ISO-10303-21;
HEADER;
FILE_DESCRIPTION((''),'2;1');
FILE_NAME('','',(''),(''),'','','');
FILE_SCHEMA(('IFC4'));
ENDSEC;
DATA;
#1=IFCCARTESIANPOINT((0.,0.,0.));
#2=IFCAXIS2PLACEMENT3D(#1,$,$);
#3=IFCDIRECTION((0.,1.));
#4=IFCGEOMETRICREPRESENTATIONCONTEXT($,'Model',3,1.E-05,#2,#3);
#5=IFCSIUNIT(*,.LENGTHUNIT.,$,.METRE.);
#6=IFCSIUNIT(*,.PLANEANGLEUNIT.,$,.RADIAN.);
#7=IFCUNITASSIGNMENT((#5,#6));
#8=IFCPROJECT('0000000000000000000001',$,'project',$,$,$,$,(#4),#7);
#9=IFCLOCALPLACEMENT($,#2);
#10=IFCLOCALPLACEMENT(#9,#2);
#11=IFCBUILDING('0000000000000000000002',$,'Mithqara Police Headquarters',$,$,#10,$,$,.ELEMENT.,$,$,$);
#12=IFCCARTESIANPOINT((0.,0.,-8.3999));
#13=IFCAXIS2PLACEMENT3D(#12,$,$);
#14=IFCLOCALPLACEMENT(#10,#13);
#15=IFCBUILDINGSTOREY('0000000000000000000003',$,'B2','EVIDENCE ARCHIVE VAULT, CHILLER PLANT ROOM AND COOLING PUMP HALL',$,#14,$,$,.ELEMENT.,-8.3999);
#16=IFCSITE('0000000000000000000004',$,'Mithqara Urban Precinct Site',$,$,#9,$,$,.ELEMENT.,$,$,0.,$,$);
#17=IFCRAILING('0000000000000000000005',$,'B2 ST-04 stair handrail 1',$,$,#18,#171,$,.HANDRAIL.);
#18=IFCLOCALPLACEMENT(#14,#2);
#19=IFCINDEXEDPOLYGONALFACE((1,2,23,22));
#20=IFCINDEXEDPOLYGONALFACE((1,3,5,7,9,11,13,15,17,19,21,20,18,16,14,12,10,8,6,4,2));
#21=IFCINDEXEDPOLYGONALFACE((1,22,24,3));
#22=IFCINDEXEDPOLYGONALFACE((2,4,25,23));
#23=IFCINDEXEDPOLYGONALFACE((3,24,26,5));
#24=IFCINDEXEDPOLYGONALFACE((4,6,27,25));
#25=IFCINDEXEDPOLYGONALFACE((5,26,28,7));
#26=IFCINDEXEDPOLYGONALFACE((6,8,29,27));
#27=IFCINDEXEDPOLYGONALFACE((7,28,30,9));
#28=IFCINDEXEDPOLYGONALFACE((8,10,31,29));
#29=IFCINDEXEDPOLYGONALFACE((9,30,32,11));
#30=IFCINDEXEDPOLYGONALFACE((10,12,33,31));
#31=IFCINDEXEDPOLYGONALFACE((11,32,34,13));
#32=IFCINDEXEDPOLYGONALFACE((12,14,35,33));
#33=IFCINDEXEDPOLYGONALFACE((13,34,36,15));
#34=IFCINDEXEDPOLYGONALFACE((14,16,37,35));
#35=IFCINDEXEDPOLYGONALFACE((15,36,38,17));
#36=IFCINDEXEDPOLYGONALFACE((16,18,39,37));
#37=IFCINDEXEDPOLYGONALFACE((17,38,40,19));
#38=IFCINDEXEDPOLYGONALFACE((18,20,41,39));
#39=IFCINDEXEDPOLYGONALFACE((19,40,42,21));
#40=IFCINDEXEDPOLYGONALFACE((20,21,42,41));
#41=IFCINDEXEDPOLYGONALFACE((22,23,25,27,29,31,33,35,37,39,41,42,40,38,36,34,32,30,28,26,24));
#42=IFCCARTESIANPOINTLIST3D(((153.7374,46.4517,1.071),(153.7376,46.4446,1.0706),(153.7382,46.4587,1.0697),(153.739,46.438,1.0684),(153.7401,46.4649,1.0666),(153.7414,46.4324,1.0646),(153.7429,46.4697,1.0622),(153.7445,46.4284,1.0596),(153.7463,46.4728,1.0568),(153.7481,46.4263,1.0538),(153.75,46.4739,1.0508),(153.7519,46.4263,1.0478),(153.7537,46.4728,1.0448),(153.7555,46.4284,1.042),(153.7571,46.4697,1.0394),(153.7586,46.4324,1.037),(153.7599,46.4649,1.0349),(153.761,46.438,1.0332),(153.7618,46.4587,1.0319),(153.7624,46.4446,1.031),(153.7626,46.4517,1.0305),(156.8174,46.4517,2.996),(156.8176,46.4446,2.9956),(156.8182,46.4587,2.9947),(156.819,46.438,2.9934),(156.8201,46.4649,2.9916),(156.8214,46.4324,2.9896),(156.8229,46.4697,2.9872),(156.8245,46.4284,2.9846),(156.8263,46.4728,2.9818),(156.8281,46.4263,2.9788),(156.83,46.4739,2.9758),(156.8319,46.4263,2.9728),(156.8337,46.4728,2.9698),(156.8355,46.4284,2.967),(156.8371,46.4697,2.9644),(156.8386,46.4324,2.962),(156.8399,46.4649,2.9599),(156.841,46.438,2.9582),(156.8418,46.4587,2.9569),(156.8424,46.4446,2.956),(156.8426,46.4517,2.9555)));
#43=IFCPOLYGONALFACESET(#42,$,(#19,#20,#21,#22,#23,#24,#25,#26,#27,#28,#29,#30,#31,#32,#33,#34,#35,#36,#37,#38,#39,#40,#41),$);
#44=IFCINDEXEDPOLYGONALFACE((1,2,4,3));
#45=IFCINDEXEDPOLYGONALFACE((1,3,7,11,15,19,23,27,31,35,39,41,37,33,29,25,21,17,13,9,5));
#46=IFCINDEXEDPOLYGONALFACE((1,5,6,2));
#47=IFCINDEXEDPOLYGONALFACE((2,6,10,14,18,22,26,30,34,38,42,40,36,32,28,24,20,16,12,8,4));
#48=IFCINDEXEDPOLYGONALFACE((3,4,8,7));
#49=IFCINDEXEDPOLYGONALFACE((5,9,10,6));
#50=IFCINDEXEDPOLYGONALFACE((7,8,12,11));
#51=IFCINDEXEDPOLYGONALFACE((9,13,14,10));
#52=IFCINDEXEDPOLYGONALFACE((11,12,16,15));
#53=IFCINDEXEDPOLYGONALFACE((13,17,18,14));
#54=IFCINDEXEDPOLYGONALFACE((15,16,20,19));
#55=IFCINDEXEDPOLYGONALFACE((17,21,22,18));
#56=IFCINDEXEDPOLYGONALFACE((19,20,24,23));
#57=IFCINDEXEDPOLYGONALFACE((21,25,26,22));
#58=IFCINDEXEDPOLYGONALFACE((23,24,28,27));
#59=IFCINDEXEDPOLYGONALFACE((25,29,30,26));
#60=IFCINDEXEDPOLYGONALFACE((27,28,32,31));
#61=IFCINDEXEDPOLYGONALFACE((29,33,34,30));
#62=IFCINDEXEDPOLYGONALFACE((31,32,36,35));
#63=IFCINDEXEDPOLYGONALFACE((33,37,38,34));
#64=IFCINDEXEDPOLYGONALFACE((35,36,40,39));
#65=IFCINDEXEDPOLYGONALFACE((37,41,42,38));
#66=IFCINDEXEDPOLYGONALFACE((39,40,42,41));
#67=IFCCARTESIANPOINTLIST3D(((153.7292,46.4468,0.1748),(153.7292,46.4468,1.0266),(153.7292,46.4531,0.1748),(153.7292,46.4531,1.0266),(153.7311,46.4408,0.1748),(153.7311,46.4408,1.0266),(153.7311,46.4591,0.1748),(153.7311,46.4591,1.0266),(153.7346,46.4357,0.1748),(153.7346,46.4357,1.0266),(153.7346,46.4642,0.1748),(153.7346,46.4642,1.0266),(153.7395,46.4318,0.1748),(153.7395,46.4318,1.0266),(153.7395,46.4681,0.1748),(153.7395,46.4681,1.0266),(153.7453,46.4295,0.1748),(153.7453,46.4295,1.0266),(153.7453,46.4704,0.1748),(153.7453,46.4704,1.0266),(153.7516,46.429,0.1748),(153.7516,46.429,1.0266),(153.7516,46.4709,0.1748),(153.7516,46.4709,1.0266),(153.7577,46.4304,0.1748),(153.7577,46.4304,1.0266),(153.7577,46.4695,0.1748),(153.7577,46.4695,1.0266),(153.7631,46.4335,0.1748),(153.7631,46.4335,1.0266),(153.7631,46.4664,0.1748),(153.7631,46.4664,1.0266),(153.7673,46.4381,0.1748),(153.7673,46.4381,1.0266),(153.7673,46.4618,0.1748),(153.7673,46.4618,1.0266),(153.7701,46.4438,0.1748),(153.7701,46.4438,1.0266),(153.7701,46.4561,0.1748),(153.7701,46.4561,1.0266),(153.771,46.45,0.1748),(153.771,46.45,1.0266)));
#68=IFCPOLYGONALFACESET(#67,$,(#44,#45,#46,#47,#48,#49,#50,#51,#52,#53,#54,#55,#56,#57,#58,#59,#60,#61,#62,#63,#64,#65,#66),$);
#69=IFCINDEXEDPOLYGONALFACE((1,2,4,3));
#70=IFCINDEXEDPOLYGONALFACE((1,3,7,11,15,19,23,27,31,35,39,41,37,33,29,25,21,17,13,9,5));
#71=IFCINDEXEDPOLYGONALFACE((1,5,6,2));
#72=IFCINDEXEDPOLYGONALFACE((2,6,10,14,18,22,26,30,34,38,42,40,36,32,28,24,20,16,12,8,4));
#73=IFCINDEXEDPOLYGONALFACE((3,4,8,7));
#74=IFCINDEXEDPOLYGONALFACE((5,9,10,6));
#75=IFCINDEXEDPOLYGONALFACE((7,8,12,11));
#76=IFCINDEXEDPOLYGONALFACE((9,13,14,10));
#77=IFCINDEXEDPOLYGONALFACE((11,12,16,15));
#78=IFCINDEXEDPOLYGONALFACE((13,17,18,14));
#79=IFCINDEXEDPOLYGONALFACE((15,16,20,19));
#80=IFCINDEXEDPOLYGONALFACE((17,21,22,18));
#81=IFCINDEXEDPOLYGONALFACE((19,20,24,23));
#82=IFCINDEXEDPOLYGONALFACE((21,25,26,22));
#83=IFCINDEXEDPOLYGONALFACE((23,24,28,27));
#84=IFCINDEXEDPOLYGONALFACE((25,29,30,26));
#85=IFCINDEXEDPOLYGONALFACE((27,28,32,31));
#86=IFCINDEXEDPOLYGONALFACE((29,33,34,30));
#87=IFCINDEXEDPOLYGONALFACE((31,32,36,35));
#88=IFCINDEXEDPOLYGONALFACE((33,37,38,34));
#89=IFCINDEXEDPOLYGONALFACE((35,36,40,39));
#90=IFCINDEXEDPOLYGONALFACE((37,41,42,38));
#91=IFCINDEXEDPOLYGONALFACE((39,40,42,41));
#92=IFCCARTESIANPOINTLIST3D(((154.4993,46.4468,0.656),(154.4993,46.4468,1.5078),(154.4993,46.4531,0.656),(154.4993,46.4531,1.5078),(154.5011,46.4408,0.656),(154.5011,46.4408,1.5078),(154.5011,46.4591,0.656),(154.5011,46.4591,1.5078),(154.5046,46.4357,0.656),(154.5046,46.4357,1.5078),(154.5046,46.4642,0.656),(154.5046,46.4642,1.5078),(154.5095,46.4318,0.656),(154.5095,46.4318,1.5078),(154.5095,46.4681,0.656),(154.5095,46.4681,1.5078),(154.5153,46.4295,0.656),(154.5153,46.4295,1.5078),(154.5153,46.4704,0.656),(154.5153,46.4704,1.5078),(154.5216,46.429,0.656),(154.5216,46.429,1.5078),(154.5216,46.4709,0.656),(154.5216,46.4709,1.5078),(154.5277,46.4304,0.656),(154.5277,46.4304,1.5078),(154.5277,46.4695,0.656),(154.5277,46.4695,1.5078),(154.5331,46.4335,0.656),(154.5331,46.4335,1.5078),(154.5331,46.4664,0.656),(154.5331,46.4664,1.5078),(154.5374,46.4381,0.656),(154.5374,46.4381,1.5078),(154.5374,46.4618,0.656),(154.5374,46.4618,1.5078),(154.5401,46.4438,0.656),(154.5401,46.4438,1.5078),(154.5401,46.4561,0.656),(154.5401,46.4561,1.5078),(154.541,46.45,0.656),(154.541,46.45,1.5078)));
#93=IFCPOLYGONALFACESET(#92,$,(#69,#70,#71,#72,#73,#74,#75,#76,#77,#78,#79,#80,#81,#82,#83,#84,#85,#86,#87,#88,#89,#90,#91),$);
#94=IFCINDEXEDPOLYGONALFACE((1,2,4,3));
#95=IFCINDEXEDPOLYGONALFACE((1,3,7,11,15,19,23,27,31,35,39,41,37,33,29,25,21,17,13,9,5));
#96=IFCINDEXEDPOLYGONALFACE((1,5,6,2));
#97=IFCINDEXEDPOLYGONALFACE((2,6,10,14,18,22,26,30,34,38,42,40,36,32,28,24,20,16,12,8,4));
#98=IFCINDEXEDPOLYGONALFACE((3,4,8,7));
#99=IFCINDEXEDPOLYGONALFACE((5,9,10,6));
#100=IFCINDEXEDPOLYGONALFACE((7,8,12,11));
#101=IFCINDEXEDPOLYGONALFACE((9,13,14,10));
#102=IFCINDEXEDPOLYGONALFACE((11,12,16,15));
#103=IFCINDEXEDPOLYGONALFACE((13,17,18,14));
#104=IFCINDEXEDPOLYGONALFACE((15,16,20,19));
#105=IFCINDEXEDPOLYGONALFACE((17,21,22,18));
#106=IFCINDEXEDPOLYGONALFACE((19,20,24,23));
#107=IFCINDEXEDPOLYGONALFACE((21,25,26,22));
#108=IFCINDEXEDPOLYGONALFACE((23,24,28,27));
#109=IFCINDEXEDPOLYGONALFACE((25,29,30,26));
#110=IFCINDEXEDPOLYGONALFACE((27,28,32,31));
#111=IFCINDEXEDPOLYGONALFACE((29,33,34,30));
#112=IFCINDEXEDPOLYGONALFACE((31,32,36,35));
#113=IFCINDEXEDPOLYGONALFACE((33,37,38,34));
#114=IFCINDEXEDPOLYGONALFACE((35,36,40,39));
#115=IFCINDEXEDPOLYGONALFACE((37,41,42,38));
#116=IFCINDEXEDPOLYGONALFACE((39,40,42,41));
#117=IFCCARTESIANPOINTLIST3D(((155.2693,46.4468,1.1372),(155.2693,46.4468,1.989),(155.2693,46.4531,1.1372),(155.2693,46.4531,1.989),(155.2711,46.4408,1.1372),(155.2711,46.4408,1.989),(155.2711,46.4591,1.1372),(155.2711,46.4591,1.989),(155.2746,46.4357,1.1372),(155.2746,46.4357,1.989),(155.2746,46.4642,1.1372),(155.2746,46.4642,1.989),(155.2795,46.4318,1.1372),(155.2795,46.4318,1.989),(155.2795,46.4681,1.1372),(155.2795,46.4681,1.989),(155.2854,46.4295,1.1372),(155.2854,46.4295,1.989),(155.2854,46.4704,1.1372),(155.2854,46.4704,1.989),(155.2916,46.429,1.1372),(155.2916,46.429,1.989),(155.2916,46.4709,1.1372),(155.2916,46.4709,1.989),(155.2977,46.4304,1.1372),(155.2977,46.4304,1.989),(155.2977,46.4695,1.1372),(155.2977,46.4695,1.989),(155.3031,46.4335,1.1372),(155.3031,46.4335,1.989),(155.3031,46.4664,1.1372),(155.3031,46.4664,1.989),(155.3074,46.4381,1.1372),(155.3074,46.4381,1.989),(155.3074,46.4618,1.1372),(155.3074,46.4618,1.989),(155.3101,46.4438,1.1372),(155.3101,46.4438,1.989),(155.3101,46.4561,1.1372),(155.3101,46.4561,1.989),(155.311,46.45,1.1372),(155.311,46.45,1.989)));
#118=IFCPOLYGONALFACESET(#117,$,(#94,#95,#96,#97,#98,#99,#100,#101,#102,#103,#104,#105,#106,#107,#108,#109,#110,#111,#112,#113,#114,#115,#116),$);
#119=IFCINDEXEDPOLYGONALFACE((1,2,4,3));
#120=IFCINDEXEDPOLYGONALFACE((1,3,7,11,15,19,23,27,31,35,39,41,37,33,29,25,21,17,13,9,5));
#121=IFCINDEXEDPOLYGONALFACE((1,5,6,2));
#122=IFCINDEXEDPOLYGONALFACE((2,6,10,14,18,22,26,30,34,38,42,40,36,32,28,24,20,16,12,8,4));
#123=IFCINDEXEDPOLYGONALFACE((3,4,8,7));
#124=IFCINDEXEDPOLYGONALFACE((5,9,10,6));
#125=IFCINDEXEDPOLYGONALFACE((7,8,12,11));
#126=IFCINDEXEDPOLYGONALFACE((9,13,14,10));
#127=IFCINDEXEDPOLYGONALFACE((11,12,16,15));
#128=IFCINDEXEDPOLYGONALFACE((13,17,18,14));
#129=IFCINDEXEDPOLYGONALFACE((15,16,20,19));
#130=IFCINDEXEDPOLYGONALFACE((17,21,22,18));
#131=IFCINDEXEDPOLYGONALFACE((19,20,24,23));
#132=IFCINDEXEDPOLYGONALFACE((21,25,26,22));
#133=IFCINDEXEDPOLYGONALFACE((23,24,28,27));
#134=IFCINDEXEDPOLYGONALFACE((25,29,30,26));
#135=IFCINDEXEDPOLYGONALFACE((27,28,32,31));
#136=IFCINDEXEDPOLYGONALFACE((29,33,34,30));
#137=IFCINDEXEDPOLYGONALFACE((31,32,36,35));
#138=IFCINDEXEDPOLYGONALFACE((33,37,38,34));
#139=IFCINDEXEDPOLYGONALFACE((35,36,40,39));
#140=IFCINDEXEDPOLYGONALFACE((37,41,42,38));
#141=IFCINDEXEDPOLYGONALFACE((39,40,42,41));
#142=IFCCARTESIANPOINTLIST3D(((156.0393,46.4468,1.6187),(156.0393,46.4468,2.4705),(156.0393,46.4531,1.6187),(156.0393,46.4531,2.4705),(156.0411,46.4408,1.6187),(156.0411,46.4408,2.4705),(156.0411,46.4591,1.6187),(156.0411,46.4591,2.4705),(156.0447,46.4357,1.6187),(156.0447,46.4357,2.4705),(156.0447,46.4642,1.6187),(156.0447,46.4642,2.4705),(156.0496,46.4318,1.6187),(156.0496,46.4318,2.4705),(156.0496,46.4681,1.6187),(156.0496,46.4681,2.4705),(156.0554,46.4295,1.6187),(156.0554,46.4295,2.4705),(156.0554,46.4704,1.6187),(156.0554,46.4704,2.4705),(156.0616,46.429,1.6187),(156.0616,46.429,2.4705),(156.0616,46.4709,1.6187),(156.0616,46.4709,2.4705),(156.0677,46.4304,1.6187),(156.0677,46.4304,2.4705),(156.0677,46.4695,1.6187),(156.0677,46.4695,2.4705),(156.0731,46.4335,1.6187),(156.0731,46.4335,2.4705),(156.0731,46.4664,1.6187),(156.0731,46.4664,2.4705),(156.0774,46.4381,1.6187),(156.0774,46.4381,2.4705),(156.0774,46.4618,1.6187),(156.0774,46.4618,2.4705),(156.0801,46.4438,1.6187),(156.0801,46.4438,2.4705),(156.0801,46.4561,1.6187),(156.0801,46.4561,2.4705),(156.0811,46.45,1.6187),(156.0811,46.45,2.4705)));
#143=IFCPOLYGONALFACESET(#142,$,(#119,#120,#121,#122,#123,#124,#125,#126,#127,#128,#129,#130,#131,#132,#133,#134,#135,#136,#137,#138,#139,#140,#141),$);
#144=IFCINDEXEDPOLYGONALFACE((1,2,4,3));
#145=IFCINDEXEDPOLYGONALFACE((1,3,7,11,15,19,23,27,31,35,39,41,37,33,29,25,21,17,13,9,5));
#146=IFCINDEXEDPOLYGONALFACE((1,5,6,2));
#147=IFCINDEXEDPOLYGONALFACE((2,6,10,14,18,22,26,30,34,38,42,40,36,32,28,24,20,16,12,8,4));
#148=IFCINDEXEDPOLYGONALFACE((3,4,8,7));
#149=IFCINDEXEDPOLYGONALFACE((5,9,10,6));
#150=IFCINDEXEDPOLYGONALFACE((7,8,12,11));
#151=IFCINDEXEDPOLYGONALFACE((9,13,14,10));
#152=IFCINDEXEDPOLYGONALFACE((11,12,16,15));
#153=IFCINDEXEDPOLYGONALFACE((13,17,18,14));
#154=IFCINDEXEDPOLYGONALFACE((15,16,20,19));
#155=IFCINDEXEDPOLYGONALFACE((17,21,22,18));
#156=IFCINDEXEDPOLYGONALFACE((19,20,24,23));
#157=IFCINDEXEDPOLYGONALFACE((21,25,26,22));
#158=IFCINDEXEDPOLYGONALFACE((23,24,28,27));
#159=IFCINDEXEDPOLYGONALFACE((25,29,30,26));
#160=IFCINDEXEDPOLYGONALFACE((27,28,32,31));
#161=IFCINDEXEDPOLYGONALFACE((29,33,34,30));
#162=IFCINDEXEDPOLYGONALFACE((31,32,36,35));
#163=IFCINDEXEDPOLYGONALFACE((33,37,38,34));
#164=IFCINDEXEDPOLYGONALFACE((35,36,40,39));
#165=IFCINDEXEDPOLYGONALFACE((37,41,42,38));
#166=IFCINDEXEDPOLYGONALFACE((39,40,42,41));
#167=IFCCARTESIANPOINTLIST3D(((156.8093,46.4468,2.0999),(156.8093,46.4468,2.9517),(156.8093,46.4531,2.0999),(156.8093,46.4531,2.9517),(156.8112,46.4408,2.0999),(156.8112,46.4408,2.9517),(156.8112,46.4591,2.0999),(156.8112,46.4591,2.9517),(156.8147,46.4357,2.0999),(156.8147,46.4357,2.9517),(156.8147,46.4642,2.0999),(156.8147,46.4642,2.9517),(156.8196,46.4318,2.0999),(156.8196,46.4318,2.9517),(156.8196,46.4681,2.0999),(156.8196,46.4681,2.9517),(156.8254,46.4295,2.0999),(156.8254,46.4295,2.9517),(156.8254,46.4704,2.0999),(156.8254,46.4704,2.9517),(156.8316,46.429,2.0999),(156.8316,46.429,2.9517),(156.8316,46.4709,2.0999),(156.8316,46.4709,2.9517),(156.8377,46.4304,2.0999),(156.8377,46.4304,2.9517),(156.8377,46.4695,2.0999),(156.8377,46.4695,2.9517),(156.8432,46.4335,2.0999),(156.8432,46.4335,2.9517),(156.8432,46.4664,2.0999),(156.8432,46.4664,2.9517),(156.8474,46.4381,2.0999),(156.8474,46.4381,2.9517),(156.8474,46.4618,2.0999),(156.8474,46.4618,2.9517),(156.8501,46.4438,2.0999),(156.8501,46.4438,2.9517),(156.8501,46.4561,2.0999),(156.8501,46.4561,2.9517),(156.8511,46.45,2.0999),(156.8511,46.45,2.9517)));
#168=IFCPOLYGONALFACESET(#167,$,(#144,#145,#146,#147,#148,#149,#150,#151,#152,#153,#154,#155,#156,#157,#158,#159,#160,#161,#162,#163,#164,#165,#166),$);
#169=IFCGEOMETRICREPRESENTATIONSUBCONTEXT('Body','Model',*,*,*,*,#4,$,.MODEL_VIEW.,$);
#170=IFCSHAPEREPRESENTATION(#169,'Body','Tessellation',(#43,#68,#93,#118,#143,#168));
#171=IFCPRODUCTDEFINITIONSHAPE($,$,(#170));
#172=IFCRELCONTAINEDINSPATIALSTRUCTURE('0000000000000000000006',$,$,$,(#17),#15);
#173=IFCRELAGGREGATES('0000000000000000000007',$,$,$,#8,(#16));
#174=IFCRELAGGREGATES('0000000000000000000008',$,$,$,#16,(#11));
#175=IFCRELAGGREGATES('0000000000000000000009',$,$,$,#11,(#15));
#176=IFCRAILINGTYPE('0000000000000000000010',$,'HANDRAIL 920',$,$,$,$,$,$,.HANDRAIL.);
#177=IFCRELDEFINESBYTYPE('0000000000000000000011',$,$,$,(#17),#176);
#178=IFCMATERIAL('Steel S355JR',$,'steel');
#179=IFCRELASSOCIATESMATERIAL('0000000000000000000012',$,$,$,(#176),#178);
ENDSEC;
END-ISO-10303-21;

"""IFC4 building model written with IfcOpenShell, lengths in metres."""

from ifc_helpers import new_model, si_unit, direction, frame, origin, origin_2d, place, context, subcontext, project, spatial, circle, extrude, material, type_object, element, save


model = new_model("IFC4")

# Units and contexts
model_context = context("Model", 3, precision=1e-05, world=origin(), true_north=direction((0.0, 1.0)))
body_context = subcontext(model_context, "Body", "Model", "MODEL_VIEW")
ifc_project = project(units=[si_unit("LENGTHUNIT", "METRE"), si_unit("PLANEANGLEUNIT", "RADIAN")], contexts=[model_context])

# Site, building, storey
site_placement = place(None, origin())
site = spatial("IfcSite", under=ifc_project, at=site_placement, Name="Mithqara Urban Precinct Site", CompositionType="ELEMENT", RefElevation=0.0)
building_placement = place(site_placement, origin())
building = spatial("IfcBuilding", under=site, at=building_placement, Name="Mithqara Police Headquarters", CompositionType="ELEMENT")
storey_placement = place(building_placement, frame((0.0, 0.0, -8.3999)))
storey = spatial("IfcBuildingStorey", under=building, at=storey_placement, Name="B2", Description="EVIDENCE ARCHIVE VAULT, CHILLER PLANT ROOM AND COOLING PUMP HALL", CompositionType="ELEMENT", Elevation=-8.3999)

# Shared definitions
ifc_material_1 = material(Name="Steel S355JR", Category="steel")

# Railing
railing_type = type_object("IfcRailingType", Name="HANDRAIL 920", PredefinedType="HANDRAIL", material=ifc_material_1)
railing_placement = place(storey_placement, frame((153.75, 46.45, 0.1748)))
element("IfcRailing", 1, at=railing_placement, inside=storey, type_object=railing_type, Name="B2 ST-04 stair handrail 1", PredefinedType="HANDRAIL", context=body_context, shape_type="SweptSolid", body=[
    extrude(circle(Radius=0.0239, at=origin_2d()), frame((0.0, 0.0, 0.876), z_axis=(0.847998, 0.0, 0.529999), x_axis=(0.0, 1.0, 0.0)), (0.0, 0.0, 1.0), 3.6321),
    extrude(circle(Radius=0.021, at=origin_2d()), origin(), (0.0, 0.0, 1.0), 0.8518),
    extrude(circle(Radius=0.021, at=origin_2d()), frame((0.77, 0.0, 0.4812)), (0.0, 0.0, 1.0), 0.8518),
    extrude(circle(Radius=0.021, at=origin_2d()), frame((1.54, 0.0, 0.9624)), (0.0, 0.0, 1.0), 0.8518),
    extrude(circle(Radius=0.021, at=origin_2d()), frame((2.3101, 0.0, 1.4438)), (0.0, 0.0, 1.0), 0.8518),
    extrude(circle(Radius=0.021, at=origin_2d()), frame((3.0801, 0.0, 1.925)), (0.0, 0.0, 1.0), 0.8518),
])

save(model, "model.ifc")
